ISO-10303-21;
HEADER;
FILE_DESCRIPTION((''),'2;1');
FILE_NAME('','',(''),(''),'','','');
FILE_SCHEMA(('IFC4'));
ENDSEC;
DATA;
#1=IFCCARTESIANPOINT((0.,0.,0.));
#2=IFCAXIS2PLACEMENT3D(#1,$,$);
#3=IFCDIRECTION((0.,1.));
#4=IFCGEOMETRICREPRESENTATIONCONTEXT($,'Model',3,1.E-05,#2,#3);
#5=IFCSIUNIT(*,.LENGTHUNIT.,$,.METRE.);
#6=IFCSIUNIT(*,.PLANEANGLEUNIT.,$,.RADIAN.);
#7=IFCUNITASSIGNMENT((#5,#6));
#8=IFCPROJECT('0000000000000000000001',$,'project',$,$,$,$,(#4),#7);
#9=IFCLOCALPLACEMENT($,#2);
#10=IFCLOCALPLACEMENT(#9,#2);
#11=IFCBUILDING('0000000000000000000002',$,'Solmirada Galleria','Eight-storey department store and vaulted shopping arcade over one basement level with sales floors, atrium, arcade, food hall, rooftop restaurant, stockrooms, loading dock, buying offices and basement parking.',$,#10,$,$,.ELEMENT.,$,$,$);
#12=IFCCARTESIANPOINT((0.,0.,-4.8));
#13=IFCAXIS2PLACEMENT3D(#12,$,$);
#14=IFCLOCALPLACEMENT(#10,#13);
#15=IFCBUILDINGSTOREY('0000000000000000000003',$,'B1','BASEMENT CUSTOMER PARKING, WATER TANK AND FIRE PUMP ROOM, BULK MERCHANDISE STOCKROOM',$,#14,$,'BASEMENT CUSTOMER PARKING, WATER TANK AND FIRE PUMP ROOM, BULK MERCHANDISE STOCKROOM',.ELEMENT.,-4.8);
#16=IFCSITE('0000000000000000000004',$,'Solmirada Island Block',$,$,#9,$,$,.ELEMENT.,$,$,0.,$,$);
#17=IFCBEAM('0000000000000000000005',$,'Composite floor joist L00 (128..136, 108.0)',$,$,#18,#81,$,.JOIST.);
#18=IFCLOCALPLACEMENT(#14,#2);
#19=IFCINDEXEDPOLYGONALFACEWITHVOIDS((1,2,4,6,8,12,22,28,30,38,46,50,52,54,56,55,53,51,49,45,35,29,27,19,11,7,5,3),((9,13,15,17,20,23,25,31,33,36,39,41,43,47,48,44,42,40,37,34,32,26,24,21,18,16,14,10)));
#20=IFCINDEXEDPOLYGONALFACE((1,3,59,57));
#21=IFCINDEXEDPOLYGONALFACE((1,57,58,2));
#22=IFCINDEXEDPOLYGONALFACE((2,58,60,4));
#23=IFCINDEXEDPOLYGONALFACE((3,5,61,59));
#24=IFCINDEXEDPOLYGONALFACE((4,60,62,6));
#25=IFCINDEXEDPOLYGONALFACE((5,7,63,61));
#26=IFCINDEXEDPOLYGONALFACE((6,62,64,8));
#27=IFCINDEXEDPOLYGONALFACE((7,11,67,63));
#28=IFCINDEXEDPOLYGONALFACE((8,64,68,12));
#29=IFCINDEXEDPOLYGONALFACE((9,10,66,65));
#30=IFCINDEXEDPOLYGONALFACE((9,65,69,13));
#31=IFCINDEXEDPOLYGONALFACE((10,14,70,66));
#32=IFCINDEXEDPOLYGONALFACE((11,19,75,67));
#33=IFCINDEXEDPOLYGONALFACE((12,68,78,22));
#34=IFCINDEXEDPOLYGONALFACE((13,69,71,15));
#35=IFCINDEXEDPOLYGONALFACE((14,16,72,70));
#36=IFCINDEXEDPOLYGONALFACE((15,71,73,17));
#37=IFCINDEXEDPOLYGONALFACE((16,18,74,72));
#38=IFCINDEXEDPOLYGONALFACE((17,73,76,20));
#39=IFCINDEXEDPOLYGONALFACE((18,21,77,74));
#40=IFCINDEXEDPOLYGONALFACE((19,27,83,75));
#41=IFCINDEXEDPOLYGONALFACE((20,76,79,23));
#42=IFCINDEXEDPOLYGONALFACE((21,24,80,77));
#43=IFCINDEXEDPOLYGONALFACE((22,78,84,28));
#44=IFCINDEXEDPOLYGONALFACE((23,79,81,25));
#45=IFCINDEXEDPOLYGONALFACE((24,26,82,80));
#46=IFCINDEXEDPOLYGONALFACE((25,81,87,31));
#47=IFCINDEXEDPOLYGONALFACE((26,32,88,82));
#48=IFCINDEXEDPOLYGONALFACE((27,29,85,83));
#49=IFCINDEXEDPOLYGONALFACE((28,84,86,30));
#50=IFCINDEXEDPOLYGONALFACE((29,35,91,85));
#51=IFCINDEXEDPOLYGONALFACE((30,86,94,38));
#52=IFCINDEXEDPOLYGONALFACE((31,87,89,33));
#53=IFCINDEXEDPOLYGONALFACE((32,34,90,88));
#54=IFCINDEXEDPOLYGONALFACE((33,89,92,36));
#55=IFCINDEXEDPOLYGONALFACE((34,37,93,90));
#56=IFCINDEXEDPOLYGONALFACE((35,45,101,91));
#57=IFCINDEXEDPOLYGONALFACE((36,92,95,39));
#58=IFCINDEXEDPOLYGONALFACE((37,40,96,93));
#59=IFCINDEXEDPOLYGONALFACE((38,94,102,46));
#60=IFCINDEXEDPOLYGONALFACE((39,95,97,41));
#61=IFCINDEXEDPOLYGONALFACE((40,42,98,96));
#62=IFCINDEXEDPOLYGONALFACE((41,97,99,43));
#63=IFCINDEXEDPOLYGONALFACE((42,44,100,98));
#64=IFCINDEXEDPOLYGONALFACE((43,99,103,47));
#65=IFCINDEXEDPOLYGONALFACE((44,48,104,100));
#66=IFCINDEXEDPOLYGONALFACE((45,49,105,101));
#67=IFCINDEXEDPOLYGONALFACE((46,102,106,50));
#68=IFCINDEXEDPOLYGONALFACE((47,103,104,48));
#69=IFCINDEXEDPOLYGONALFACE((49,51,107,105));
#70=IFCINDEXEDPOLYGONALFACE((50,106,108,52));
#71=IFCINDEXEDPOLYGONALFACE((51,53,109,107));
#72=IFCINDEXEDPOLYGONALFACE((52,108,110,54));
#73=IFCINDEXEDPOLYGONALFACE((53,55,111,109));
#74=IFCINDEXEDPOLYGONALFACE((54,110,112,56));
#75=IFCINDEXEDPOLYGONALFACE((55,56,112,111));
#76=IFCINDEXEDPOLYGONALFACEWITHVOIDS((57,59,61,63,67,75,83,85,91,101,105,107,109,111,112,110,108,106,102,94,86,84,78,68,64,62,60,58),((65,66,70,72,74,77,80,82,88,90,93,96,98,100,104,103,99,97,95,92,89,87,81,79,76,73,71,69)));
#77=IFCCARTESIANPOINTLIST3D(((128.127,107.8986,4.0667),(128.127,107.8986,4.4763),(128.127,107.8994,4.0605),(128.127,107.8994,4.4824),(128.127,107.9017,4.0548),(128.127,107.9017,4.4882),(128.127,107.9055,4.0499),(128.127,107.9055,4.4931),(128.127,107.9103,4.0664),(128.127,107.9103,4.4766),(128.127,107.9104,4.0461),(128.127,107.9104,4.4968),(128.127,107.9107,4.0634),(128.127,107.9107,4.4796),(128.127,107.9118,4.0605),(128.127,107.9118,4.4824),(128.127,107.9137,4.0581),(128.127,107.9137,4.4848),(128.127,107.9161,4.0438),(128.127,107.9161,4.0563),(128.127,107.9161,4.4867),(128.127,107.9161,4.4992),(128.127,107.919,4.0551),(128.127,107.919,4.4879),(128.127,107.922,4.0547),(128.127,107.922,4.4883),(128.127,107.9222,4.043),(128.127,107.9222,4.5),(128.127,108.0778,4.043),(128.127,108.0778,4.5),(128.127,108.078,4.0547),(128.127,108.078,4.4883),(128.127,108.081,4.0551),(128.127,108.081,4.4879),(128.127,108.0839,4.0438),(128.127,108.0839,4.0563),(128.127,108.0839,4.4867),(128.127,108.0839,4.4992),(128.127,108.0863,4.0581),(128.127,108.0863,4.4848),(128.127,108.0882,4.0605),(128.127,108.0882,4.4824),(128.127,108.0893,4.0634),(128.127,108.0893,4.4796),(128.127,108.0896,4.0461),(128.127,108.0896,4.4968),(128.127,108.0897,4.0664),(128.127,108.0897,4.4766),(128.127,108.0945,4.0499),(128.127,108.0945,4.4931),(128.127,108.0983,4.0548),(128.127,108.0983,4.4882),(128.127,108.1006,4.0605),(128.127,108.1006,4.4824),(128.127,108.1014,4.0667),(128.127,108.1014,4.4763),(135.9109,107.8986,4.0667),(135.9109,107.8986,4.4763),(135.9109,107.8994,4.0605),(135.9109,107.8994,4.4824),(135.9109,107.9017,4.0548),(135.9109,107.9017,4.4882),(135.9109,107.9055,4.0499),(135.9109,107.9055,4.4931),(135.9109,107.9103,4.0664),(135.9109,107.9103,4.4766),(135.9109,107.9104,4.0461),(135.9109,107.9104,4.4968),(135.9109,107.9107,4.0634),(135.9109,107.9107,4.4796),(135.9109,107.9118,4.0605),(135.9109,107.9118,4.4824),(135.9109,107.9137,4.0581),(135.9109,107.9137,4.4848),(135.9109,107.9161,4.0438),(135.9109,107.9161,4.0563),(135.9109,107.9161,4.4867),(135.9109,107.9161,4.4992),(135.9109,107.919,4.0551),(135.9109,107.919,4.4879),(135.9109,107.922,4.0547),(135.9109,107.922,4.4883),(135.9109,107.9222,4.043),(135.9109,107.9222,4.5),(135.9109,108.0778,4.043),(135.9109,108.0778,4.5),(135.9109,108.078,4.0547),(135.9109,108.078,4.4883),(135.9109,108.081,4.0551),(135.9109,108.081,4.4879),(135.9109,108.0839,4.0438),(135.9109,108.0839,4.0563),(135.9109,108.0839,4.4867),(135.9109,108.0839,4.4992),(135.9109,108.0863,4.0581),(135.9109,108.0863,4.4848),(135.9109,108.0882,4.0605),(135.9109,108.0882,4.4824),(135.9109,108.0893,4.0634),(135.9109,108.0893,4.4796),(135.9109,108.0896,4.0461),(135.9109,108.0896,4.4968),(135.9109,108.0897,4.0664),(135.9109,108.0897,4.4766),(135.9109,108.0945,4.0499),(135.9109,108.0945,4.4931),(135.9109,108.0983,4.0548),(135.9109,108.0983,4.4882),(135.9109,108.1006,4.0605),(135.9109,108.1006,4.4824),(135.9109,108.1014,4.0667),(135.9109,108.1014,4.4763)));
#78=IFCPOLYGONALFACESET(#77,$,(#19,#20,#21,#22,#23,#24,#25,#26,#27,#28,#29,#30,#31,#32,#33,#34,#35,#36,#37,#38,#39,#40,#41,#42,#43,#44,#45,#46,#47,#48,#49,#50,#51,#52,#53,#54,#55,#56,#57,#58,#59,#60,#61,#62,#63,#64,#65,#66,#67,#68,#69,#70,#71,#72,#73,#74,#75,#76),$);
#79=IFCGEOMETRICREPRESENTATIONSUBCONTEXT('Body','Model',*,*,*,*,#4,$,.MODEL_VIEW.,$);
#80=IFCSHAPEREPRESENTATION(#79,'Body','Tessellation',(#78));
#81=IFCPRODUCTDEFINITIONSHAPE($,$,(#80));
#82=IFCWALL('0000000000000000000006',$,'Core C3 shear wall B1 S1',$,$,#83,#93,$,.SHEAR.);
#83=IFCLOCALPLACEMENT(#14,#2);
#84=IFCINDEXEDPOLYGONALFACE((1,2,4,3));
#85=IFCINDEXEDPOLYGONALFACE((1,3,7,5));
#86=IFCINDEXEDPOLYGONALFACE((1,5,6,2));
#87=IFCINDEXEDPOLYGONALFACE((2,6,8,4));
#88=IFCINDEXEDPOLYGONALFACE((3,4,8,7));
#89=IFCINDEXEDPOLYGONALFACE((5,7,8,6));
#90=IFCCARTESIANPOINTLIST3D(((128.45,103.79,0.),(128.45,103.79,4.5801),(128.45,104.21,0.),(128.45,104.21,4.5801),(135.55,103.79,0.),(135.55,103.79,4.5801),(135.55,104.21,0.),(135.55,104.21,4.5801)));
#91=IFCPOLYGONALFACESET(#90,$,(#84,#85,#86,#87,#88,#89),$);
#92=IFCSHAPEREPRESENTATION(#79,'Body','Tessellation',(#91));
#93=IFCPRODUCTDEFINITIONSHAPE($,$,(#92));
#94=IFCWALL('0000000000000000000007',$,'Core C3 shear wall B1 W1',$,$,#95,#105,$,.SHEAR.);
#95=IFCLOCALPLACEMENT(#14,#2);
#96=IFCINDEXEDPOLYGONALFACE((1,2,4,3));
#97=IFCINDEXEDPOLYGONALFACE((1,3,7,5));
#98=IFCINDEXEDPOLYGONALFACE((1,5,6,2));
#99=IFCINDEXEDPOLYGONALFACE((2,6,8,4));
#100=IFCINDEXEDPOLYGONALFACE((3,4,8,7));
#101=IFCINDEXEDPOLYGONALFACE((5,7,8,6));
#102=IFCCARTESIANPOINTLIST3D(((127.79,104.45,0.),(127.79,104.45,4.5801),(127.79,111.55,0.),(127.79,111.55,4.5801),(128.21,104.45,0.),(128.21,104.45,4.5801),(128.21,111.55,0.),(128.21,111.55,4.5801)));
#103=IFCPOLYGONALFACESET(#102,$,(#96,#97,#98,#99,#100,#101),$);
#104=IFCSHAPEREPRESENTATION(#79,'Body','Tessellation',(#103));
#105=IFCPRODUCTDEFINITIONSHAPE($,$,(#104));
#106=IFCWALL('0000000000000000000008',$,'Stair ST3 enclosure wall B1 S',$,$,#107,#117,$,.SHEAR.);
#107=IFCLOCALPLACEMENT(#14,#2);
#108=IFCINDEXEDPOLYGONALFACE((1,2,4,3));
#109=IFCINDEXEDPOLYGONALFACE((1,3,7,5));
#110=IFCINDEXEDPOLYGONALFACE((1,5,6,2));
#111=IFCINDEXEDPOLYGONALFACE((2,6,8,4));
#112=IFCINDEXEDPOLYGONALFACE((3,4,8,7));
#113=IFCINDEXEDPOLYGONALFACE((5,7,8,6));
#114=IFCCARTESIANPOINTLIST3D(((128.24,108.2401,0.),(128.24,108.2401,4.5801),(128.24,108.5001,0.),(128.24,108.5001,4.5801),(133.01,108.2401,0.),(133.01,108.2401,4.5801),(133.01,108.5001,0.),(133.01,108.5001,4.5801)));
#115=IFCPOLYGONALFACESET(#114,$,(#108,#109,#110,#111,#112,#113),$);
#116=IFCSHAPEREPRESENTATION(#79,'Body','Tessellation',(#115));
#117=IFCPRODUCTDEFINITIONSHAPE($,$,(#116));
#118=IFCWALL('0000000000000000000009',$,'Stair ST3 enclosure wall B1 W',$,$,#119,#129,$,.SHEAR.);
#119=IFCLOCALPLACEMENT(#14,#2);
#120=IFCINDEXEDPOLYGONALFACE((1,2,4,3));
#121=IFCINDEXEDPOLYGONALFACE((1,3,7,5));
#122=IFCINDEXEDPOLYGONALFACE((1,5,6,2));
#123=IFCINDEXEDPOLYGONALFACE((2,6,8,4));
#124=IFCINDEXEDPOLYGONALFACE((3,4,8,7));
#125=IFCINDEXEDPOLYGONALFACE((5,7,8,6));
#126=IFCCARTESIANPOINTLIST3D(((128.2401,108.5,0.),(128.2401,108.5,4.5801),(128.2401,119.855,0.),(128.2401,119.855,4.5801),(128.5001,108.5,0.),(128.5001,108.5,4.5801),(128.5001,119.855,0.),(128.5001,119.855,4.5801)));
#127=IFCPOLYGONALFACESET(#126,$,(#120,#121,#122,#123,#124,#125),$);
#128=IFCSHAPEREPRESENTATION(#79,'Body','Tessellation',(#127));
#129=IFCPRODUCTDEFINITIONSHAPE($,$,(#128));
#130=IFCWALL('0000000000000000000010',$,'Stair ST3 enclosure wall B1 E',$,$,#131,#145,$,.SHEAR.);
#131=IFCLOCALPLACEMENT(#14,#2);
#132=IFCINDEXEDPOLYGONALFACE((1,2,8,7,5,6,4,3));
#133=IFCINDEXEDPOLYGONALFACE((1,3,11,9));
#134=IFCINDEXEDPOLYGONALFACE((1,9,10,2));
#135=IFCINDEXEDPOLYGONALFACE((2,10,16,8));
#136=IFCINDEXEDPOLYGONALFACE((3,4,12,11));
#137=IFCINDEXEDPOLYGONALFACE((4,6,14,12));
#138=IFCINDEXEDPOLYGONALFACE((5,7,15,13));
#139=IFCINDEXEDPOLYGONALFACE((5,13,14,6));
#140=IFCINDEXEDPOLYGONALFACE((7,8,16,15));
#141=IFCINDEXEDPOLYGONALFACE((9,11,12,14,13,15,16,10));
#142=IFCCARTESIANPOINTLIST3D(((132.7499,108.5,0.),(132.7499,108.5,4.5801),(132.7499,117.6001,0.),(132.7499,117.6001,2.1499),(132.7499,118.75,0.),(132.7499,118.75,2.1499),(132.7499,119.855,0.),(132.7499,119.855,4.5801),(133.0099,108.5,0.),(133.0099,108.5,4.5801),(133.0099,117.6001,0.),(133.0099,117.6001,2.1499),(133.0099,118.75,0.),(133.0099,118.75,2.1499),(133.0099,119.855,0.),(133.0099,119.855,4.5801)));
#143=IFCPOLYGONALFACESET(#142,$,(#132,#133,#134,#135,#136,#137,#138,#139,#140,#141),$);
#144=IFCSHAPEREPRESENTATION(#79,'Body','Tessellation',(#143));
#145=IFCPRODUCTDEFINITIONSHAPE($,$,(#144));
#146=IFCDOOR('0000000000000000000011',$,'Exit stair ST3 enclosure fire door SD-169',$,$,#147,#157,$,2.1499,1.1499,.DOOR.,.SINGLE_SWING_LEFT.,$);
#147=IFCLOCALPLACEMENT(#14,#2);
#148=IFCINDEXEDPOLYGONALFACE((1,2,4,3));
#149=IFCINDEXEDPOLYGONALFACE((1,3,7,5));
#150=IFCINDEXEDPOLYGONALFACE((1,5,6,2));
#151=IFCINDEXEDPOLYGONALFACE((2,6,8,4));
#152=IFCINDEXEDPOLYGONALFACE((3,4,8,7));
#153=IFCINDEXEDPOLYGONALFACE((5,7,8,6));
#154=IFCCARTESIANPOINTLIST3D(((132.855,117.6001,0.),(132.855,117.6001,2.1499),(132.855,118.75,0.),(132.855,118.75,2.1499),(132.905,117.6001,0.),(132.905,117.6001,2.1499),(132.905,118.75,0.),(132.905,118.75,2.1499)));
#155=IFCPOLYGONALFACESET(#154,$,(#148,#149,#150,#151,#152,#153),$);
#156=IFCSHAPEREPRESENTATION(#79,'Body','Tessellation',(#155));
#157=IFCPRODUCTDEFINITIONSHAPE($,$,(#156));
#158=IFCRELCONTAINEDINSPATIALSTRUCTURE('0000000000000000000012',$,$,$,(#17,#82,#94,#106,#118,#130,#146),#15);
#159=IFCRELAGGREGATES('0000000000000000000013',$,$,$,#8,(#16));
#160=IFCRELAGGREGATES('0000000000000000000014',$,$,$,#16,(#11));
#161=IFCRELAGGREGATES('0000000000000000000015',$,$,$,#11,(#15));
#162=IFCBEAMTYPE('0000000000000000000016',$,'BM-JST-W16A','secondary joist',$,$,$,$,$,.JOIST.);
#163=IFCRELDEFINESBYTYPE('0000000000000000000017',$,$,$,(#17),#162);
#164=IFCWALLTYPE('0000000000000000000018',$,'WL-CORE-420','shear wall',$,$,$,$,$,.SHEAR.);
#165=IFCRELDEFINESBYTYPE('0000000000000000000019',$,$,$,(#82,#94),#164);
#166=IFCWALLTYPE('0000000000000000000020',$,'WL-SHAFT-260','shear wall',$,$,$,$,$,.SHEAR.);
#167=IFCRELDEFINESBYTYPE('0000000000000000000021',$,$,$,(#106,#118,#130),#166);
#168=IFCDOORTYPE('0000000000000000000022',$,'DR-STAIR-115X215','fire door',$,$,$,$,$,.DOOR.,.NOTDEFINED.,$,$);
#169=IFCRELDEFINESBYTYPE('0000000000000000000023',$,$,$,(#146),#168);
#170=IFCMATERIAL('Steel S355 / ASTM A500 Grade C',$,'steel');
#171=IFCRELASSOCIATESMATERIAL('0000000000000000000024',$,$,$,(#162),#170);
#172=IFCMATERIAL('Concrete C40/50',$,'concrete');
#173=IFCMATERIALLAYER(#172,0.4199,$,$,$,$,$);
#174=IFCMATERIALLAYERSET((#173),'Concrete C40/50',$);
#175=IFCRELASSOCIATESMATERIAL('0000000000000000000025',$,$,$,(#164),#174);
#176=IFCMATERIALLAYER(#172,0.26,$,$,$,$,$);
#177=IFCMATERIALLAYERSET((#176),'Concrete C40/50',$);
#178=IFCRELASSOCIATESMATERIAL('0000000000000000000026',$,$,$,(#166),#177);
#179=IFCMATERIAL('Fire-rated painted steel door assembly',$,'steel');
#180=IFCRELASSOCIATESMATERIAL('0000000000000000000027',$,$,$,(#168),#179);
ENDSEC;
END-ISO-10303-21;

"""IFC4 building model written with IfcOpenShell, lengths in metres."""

from ifc_helpers import new_model, si_unit, direction, frame, frame_2d, origin, origin_2d, place, context, subcontext, project, spatial, rectangle, hollow_rectangle, extrude, material, layer, layer_set, material_profile, profile_set, type_object, element, fill, save


model = new_model("IFC4")

# Units and contexts
model_context = context("Model", 3, precision=1e-05, world=origin(), true_north=direction((0.0, 1.0)))
body_context = subcontext(model_context, "Body", "Model", "MODEL_VIEW")
ifc_project = project(units=[si_unit("LENGTHUNIT", "METRE"), si_unit("PLANEANGLEUNIT", "RADIAN")], contexts=[model_context])

# Site, building, storey
site_placement = place(None, origin())
site = spatial("IfcSite", under=ifc_project, at=site_placement, Name="Solmirada Island Block", CompositionType="ELEMENT", RefElevation=0.0)
building_placement = place(site_placement, origin())
building = spatial("IfcBuilding", under=site, at=building_placement, Name="Solmirada Galleria", Description="Eight-storey department store and vaulted shopping arcade over one basement level with sales floors, atrium, arcade, food hall, rooftop restaurant, stockrooms, loading dock, buying offices and basement parking.", CompositionType="ELEMENT")
storey_placement = place(building_placement, frame((0.0, 0.0, -4.8)))
storey = spatial("IfcBuildingStorey", under=building, at=storey_placement, Name="B1", Description="BASEMENT CUSTOMER PARKING, WATER TANK AND FIRE PUMP ROOM, BULK MERCHANDISE STOCKROOM", LongName="BASEMENT CUSTOMER PARKING, WATER TANK AND FIRE PUMP ROOM, BULK MERCHANDISE STOCKROOM", CompositionType="ELEMENT", Elevation=-4.8)

# Shared definitions
ifc_material_1 = material(Name="Concrete C40/50", Category="concrete")

# Beam
ifc_material_2 = material(Name="Steel S355 / ASTM A500 Grade C", Category="steel")
ifc_material_profile_1 = material_profile(ifc_material_2, hollow_rectangle(XDim=0.2029, YDim=0.457, WallThickness=0.0117, InnerFilletRadius=0.0117, OuterFilletRadius=0.0237, at=origin_2d()), Name="HSS18X8X1/2")
ifc_profile_set_1 = profile_set([ifc_material_profile_1], Name="Steel S355 / ASTM A500 Grade C")
beam_type_1 = type_object("IfcBeamType", Name="BM-JST-W16A", Description="secondary joist", PredefinedType="JOIST", material=ifc_profile_set_1)
beam_1_placement = place(storey_placement, frame((128.127, 108.0, 4.2715), z_axis=(1.0, 0.0, 0.0), x_axis=(0.0, 1.0, 0.0)))
element("IfcBeam", 1, at=beam_1_placement, inside=storey, type_object=beam_type_1, Name="Composite floor joist L00 (128..136, 108.0)", PredefinedType="JOIST", context=body_context, shape_type="SweptSolid", body=[
    extrude(hollow_rectangle(XDim=0.2029, YDim=0.457, WallThickness=0.0117, InnerFilletRadius=0.0117, OuterFilletRadius=0.0237, at=origin_2d()), origin(), (0.0, 0.0, 1.0), 7.7839),
])

# Walls
ifc_layer_1 = layer(ifc_material_1, 0.4199)
ifc_layer_set_1 = layer_set([ifc_layer_1], Name="Concrete C40/50")
wall_type_1 = type_object("IfcWallType", Name="WL-CORE-420", Description="shear wall", PredefinedType="SHEAR", material=ifc_layer_set_1)
for number, where, z_axis, x_axis, name in (
    (2, (128.45, 104.0, 0.0), (0.0, 0.0, 1.0), (1.0, 0.0, 0.0), "Core C3 shear wall B1 S1"),
    (3, (128.0, 104.45, 0.0), (0.0, 0.0, 1.0), (0.0, 1.0, 0.0), "Core C3 shear wall B1 W1"),
):
    element("IfcWall", number, at=place(storey_placement, frame(where, z_axis=z_axis, x_axis=x_axis)), inside=storey, type_object=wall_type_1, Name=name, PredefinedType="SHEAR", context=body_context, shape_type="SweptSolid", body=[
        extrude(rectangle(XDim=7.1001, YDim=0.4199, at=frame_2d((3.55, 0.0))), origin(), (0.0, 0.0, 1.0), 4.5801),
    ])
ifc_layer_2 = layer(ifc_material_1, 0.26)
ifc_layer_set_2 = layer_set([ifc_layer_2], Name="Concrete C40/50")
wall_type_2 = type_object("IfcWallType", Name="WL-SHAFT-260", Description="shear wall", PredefinedType="SHEAR", material=ifc_layer_set_2)
wall_1_placement = place(storey_placement, frame((128.24, 108.3701, 0.0), z_axis=(0.0, 0.0, 1.0), x_axis=(1.0, 0.0, 0.0)))
element("IfcWall", 4, at=wall_1_placement, inside=storey, type_object=wall_type_2, Name="Stair ST3 enclosure wall B1 S", PredefinedType="SHEAR", context=body_context, shape_type="SweptSolid", body=[
    extrude(rectangle(XDim=4.77, YDim=0.26, at=frame_2d((2.385, 0.0))), origin(), (0.0, 0.0, 1.0), 4.5801),
])
wall_2_placement = place(storey_placement, frame((128.3701, 108.5, 0.0), z_axis=(0.0, 0.0, 1.0), x_axis=(0.0, 1.0, 0.0)))
element("IfcWall", 5, at=wall_2_placement, inside=storey, type_object=wall_type_2, Name="Stair ST3 enclosure wall B1 W", PredefinedType="SHEAR", context=body_context, shape_type="SweptSolid", body=[
    extrude(rectangle(XDim=11.355, YDim=0.26, at=frame_2d((5.6775, 0.0))), origin(), (0.0, 0.0, 1.0), 4.5801),
])

# Wall, opening, door
wall_3_placement = place(storey_placement, frame((132.8799, 108.5, 0.0), z_axis=(0.0, 0.0, 1.0), x_axis=(0.0, 1.0, 0.0)))
wall_3 = element("IfcWall", 6, at=wall_3_placement, inside=storey, type_object=wall_type_2, Name="Stair ST3 enclosure wall B1 E", PredefinedType="SHEAR", context=body_context, shape_type="SweptSolid", body=[
    extrude(rectangle(XDim=11.355, YDim=0.26, at=frame_2d((5.6775, 0.0))), origin(), (0.0, 0.0, 1.0), 4.5801),
])
opening_placement = place(wall_3_placement, frame((9.1001, 0.0, 0.0)))
opening = element("IfcOpeningElement", 7, at=opening_placement, cuts=wall_3, PredefinedType="OPENING", context=body_context, shape_type="SweptSolid", body=[
    extrude(rectangle(XDim=1.1499, YDim=2.1499, at=frame_2d((0.575, 1.075))), frame((0.0, 0.1399, 0.0), z_axis=(0.0, -1.0, 0.0), x_axis=(1.0, 0.0, 0.0)), (0.0, 0.0, 1.0), 0.28),
])
ifc_material_3 = material(Name="Fire-rated painted steel door assembly", Category="steel")
door_type = type_object("IfcDoorType", Name="DR-STAIR-115X215", Description="fire door", OperationType="NOTDEFINED", PredefinedType="DOOR", material=ifc_material_3)
door_placement = place(opening_placement, origin())
door = element("IfcDoor", 8, at=door_placement, inside=storey, type_object=door_type, Name="Exit stair ST3 enclosure fire door SD-169", OperationType="SINGLE_SWING_LEFT", OverallHeight=2.1499, OverallWidth=1.1499, PredefinedType="DOOR", context=body_context, shape_type="SweptSolid", body=[
    extrude(rectangle(XDim=1.1499, YDim=2.1499, at=frame_2d((0.575, 1.075))), frame((0.0, 0.0249, 0.0), z_axis=(0.0, -1.0, 0.0), x_axis=(1.0, 0.0, 0.0)), (0.0, 0.0, 1.0), 0.05),
])
fill(opening, door)

save(model, "model.ifc")
